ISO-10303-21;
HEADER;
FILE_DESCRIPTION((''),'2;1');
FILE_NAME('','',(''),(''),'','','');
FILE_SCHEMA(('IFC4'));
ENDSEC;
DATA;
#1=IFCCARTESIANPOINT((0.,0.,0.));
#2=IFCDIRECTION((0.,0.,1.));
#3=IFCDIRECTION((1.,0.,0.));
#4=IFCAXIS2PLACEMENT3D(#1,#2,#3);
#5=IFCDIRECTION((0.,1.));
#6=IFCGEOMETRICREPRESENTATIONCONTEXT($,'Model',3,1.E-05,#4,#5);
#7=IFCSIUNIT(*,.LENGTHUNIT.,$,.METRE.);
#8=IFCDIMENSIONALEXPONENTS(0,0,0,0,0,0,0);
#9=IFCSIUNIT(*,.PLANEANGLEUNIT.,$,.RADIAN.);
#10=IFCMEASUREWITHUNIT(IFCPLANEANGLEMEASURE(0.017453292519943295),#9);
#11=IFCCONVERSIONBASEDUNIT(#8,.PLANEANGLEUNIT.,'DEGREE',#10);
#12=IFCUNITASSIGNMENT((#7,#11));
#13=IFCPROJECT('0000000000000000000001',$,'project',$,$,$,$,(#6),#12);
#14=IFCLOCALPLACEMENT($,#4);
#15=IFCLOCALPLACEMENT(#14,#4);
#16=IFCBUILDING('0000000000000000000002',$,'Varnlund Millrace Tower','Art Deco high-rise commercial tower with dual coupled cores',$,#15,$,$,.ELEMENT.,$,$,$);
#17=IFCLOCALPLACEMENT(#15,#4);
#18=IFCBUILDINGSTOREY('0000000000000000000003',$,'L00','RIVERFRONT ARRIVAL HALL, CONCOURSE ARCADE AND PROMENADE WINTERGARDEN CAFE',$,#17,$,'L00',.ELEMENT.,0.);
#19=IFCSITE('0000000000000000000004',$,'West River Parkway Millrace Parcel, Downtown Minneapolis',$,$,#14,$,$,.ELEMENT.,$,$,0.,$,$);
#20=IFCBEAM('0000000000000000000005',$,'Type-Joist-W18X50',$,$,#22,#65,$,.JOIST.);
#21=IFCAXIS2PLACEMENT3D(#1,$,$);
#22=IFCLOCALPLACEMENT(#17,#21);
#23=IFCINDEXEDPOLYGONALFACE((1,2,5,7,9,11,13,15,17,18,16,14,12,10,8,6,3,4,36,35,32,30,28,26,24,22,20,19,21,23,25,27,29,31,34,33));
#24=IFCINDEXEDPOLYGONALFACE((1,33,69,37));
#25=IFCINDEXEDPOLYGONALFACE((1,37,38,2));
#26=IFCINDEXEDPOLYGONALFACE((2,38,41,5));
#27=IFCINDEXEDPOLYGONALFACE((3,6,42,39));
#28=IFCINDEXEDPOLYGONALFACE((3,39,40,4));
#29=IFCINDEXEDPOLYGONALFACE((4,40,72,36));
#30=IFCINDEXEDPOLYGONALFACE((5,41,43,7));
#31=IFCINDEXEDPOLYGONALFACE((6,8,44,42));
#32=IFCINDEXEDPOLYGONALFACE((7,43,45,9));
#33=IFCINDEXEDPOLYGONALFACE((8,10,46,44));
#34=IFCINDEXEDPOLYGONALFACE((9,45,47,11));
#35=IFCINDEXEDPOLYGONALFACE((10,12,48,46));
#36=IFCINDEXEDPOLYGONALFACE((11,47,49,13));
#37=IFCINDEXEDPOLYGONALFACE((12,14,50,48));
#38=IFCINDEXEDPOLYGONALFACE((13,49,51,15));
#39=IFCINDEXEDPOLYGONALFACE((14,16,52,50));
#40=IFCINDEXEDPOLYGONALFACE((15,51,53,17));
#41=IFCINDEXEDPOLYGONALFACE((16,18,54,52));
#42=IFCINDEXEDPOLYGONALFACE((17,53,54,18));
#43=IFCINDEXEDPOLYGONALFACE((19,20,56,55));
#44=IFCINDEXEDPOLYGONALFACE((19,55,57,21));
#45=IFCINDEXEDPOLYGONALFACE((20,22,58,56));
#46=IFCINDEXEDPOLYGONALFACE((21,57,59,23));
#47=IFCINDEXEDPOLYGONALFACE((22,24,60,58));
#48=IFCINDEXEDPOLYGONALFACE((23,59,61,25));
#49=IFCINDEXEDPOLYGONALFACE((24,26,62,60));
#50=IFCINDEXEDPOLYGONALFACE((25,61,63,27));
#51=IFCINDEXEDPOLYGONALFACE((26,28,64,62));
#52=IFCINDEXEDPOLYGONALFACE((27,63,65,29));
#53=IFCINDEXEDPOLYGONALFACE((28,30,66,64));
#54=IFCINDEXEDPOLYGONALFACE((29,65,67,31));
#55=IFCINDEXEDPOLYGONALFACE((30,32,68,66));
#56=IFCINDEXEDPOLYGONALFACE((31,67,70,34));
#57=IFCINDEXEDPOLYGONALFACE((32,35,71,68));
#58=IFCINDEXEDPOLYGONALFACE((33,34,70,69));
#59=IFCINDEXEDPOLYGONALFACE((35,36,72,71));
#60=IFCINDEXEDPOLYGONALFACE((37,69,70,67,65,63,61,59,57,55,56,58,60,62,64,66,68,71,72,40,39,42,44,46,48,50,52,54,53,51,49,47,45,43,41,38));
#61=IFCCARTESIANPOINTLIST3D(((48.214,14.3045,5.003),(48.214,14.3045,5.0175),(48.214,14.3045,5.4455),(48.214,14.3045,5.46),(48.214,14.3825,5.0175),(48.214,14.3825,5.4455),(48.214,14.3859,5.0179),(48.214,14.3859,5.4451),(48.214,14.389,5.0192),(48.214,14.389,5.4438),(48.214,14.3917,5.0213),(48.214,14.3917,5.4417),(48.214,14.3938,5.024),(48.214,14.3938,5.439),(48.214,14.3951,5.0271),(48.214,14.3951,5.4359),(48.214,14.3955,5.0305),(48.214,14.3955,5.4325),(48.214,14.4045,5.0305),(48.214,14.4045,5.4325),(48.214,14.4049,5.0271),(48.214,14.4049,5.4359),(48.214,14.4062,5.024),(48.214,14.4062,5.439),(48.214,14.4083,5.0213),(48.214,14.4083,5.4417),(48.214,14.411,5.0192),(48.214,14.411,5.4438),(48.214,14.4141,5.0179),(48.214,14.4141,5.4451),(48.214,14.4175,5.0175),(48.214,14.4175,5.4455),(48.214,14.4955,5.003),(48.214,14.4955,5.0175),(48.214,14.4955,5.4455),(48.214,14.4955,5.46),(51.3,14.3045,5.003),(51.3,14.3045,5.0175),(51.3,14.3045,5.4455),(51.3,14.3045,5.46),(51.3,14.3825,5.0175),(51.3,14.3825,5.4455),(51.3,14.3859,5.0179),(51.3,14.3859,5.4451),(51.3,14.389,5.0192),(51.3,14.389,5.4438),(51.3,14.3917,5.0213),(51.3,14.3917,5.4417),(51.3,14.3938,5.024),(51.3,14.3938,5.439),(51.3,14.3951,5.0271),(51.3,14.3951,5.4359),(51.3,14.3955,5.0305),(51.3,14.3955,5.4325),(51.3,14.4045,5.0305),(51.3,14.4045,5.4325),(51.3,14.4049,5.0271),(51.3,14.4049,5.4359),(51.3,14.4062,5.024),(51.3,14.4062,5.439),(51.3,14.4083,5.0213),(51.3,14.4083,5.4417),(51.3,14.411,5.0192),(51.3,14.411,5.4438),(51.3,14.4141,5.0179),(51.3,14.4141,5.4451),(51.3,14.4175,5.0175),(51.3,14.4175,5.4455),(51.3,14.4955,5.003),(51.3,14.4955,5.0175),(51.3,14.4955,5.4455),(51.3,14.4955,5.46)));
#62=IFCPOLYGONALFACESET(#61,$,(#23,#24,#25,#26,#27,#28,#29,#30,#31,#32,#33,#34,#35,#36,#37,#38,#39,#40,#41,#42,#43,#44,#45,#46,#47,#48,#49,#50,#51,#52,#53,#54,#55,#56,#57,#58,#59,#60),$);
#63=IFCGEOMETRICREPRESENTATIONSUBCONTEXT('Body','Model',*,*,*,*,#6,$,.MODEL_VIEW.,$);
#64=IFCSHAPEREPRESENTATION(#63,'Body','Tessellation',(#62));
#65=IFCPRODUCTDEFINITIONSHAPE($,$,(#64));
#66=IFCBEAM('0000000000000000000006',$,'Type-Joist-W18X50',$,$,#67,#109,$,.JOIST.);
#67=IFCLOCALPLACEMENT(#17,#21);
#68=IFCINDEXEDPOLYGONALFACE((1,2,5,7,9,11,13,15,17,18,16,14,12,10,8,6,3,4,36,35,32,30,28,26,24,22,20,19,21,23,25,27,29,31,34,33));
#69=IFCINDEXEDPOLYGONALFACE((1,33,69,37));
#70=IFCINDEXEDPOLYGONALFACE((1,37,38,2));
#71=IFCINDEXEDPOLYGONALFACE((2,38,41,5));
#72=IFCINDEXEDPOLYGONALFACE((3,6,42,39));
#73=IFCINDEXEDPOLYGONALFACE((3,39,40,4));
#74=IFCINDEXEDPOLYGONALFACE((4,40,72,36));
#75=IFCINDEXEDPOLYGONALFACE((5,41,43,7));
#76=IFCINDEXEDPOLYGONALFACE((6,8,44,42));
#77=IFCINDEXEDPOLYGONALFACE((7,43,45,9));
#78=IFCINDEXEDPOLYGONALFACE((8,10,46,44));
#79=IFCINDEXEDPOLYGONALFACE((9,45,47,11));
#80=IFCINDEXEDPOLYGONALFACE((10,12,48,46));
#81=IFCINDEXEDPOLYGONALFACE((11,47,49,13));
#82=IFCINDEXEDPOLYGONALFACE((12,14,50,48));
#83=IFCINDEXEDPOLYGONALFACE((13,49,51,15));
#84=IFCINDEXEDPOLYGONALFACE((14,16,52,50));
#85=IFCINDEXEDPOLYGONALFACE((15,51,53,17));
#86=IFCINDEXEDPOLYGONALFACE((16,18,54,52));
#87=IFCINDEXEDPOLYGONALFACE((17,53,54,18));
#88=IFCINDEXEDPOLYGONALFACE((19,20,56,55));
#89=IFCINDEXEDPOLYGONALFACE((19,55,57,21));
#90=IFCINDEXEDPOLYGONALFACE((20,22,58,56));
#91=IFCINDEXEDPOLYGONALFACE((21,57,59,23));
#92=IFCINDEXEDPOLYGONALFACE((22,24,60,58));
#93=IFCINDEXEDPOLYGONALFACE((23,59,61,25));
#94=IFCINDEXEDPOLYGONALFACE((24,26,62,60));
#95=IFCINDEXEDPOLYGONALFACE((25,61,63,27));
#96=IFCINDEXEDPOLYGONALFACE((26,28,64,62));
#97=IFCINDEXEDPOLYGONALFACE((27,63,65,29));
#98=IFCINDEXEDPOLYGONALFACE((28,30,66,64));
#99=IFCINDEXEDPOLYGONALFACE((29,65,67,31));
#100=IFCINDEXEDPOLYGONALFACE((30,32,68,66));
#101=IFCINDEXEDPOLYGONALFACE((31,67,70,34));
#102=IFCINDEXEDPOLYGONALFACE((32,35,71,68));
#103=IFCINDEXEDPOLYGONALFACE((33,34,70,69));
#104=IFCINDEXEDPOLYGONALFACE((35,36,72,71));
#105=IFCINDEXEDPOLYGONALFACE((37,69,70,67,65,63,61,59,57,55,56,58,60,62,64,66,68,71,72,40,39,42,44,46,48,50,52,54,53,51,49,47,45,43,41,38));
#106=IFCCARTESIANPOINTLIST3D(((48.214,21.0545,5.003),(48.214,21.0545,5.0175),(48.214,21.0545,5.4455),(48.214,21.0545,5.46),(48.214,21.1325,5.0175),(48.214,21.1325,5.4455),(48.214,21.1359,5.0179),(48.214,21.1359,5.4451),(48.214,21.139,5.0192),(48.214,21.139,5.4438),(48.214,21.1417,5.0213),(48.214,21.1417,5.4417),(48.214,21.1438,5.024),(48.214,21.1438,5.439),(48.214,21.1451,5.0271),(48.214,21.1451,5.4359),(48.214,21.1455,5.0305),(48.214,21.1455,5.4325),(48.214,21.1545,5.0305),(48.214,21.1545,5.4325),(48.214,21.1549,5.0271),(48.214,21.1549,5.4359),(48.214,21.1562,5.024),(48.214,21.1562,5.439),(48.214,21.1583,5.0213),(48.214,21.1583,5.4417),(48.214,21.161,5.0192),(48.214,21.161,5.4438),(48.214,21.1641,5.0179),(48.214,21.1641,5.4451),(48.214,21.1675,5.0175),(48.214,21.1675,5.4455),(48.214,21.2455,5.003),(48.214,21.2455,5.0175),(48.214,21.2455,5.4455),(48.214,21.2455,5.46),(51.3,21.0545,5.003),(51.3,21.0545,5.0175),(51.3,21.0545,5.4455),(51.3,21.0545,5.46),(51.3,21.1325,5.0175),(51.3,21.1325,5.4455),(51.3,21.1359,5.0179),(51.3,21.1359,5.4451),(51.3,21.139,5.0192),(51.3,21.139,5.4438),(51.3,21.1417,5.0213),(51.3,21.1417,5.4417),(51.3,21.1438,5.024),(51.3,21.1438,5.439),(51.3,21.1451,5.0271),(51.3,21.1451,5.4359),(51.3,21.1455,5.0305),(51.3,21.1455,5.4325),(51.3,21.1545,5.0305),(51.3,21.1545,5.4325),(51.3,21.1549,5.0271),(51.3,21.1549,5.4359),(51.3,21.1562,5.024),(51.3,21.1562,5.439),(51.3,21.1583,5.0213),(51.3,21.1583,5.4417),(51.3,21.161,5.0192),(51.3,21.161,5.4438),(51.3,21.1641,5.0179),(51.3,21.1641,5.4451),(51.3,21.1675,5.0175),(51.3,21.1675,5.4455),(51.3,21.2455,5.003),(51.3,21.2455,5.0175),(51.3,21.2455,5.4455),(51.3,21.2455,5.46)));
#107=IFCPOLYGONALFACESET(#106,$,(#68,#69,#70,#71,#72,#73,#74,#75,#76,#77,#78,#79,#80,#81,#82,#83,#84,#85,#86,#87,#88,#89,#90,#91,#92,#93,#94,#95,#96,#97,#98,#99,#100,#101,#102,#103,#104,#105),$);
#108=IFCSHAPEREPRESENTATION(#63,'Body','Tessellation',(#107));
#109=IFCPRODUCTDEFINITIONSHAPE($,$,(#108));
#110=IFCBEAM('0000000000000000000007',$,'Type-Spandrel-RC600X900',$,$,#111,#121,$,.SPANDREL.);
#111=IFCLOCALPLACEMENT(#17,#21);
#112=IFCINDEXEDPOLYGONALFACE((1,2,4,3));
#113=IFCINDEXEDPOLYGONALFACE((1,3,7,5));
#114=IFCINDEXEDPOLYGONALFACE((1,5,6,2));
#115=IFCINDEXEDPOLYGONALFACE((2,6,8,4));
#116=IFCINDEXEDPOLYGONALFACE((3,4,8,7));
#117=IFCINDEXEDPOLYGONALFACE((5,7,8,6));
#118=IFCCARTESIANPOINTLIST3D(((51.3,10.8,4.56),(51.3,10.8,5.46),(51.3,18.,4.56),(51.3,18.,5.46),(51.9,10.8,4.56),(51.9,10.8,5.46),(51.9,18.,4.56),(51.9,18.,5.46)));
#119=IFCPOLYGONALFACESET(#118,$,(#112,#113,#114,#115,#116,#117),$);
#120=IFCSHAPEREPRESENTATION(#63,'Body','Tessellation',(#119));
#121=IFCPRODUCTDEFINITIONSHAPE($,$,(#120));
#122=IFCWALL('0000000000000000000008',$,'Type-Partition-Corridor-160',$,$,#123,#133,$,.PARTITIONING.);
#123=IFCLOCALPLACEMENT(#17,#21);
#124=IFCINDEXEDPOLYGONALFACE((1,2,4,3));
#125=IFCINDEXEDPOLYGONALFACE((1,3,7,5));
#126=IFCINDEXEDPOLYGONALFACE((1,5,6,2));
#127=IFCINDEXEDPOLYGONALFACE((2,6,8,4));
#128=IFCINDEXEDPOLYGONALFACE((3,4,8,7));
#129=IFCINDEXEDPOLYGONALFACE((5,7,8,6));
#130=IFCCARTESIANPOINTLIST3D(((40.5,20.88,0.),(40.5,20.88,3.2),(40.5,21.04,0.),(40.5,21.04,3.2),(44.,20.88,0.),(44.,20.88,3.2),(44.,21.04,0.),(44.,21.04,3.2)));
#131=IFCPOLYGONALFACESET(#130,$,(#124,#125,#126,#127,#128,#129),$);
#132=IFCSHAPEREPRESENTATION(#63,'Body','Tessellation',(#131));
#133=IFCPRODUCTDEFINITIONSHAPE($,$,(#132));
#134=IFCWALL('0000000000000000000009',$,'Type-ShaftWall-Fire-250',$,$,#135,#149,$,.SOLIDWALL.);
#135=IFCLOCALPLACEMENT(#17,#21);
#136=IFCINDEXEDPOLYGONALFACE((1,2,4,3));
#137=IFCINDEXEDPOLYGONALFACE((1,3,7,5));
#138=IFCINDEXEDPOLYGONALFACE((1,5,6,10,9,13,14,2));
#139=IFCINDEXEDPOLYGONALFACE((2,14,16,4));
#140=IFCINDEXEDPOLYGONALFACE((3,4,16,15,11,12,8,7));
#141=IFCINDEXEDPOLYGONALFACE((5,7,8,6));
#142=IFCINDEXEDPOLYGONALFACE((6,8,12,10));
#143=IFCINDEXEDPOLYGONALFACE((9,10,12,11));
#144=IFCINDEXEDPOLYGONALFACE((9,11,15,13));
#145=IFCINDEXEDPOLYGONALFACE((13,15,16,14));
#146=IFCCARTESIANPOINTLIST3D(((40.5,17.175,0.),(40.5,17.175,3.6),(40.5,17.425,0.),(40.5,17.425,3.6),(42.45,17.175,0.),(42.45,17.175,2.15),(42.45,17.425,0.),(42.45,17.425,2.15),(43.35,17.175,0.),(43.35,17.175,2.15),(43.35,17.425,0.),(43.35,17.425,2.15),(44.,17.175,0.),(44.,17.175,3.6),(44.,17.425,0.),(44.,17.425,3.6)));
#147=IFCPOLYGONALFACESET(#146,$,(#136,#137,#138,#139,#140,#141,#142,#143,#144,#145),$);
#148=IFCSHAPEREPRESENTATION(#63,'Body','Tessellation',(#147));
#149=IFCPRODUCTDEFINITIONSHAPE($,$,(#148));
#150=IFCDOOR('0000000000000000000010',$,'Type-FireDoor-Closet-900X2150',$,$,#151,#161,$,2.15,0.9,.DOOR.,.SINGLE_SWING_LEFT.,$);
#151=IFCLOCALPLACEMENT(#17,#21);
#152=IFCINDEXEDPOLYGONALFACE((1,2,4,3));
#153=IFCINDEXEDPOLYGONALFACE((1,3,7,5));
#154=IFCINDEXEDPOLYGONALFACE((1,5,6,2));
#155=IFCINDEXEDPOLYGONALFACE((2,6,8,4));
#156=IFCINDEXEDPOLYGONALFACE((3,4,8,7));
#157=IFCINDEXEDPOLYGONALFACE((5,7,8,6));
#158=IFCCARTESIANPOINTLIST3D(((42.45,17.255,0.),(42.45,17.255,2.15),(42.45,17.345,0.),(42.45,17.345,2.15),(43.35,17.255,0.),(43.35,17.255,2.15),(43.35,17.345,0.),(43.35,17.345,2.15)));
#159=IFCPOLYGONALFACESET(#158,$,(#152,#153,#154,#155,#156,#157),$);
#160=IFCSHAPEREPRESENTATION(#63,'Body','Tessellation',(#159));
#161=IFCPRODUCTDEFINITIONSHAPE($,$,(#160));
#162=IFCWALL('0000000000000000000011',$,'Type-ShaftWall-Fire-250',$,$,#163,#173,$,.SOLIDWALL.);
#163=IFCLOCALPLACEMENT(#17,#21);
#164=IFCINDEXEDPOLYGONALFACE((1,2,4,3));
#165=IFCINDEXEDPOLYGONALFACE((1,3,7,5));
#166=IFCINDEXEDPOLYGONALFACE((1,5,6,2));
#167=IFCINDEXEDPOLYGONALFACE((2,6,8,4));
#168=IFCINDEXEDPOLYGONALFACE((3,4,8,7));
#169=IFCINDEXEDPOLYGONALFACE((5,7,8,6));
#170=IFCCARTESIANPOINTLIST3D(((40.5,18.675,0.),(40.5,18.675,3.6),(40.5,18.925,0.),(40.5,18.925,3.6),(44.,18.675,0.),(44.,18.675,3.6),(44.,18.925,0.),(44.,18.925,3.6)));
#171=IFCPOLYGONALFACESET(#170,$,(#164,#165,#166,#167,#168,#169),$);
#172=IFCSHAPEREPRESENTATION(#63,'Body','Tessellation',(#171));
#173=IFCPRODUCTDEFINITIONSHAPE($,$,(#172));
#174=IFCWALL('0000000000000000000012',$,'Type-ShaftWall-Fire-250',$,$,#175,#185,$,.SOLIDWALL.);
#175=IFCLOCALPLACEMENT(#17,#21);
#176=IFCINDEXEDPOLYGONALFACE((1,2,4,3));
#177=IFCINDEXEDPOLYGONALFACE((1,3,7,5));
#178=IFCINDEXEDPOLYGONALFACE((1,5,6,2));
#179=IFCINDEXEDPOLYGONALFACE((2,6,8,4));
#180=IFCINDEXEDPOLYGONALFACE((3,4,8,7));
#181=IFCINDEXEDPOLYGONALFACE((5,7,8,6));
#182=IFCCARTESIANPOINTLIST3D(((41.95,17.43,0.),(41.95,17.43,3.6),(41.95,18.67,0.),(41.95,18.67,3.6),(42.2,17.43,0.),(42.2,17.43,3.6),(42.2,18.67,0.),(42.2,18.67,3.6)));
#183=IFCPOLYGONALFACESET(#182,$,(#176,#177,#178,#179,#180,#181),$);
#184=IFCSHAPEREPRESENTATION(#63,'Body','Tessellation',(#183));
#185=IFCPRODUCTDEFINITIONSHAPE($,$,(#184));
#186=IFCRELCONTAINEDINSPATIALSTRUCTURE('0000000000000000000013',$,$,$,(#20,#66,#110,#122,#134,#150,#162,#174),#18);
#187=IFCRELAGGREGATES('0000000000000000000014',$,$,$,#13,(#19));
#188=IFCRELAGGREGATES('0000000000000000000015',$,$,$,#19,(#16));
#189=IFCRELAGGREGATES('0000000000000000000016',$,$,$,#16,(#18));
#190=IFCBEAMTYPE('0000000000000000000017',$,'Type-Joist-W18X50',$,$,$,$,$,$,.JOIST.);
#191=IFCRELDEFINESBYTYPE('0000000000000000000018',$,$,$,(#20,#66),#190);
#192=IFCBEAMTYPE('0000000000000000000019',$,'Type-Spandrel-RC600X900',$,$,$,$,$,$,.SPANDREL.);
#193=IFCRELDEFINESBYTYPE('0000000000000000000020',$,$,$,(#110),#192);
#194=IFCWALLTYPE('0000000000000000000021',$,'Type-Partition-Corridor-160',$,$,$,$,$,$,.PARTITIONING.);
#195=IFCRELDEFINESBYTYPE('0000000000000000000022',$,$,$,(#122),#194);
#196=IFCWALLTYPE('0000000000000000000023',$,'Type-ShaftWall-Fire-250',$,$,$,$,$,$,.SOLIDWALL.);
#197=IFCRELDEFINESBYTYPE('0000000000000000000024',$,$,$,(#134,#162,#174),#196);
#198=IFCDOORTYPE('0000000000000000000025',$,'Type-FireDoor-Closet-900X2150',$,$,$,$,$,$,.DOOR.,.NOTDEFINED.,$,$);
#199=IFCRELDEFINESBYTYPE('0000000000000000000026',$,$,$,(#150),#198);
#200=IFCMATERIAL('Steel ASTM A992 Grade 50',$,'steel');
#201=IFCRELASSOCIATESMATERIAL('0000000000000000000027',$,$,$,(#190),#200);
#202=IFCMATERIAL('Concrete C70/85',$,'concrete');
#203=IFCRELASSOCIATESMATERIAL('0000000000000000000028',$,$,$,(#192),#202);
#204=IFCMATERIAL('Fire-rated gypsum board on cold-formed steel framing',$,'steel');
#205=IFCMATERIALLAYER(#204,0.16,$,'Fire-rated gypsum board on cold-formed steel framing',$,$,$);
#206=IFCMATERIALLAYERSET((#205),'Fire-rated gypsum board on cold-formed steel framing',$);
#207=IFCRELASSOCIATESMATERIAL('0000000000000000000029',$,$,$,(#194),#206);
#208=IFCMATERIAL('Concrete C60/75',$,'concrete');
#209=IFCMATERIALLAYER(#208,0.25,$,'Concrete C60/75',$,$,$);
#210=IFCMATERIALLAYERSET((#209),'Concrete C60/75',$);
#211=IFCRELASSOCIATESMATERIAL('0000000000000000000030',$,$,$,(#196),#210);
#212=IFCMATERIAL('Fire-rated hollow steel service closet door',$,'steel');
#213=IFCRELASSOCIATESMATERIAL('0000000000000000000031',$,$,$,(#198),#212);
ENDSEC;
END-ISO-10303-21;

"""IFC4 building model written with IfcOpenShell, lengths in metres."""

from ifc_helpers import new_model, entity, si_unit, converted_unit, direction, frame, origin_with_axes, origin_2d_with_axis, place, context, subcontext, project, spatial, polyline, rectangle, i_section, outline, extrude, material, layer, layer_set, material_profile, profile_set, type_object, element, fill, save


model = new_model("IFC4")

# Units and contexts
model_context = context("Model", 3, precision=1e-05, world=origin_with_axes(), true_north=direction((0.0, 1.0)))
body_context = subcontext(model_context, "Body", "Model", "MODEL_VIEW")
ifc_project = project(units=[si_unit("LENGTHUNIT", "METRE"), converted_unit("PLANEANGLEUNIT", "DEGREE", entity("IfcPlaneAngleMeasure", 0.017453292519943295), si_unit("PLANEANGLEUNIT", "RADIAN"), dimensions=[0, 0, 0, 0, 0, 0, 0])], contexts=[model_context])

# Site, building, storey
site_placement = place(None, origin_with_axes())
site = spatial("IfcSite", under=ifc_project, at=site_placement, Name="West River Parkway Millrace Parcel, Downtown Minneapolis", CompositionType="ELEMENT", RefElevation=0.0)
building_placement = place(site_placement, origin_with_axes())
building = spatial("IfcBuilding", under=site, at=building_placement, Name="Varnlund Millrace Tower", Description="Art Deco high-rise commercial tower with dual coupled cores", CompositionType="ELEMENT")
storey_placement = place(building_placement, origin_with_axes())
storey = spatial("IfcBuildingStorey", under=building, at=storey_placement, Name="L00", Description="RIVERFRONT ARRIVAL HALL, CONCOURSE ARCADE AND PROMENADE WINTERGARDEN CAFE", LongName="L00", CompositionType="ELEMENT", Elevation=0.0)

# Beams
ifc_material_1 = material(Name="Steel ASTM A992 Grade 50", Category="steel")
ifc_material_profile_1 = material_profile(ifc_material_1, i_section(OverallWidth=0.191, OverallDepth=0.457, WebThickness=0.009, FlangeThickness=0.0145, FilletRadius=0.013, at=origin_2d_with_axis()), Name="Steel ASTM A992 Grade 50")
ifc_profile_set_1 = profile_set([ifc_material_profile_1], Name="Steel ASTM A992 Grade 50")
beam_type_1 = type_object("IfcBeamType", Name="Type-Joist-W18X50", PredefinedType="JOIST", material=ifc_profile_set_1)
for number, where, z_axis, x_axis, name in (
    (1, (48.214, 14.4, 5.2315), (1.0, 0.0, 0.0), (0.0, 1.0, 0.0), "Type-Joist-W18X50"),
    (2, (48.214, 21.15, 5.2315), (1.0, 0.0, 0.0), (0.0, 1.0, 0.0), "Type-Joist-W18X50"),
):
    element("IfcBeam", number, at=place(storey_placement, frame(where, z_axis=z_axis, x_axis=x_axis)), inside=storey, type_object=beam_type_1, Name=name, PredefinedType="JOIST", context=body_context, shape_type="SweptSolid", body=[
        extrude(i_section(OverallWidth=0.191, OverallDepth=0.457, WebThickness=0.009, FlangeThickness=0.0145, FilletRadius=0.013, at=origin_2d_with_axis()), origin_with_axes(), (0.0, 0.0, 1.0), 3.086),
    ])
ifc_material_2 = material(Name="Concrete C70/85", Category="concrete")
ifc_material_profile_2 = material_profile(ifc_material_2, rectangle(XDim=0.6, YDim=0.9, at=origin_2d_with_axis()), Name="Concrete C70/85")
ifc_profile_set_2 = profile_set([ifc_material_profile_2], Name="Concrete C70/85")
beam_type_2 = type_object("IfcBeamType", Name="Type-Spandrel-RC600X900", PredefinedType="SPANDREL", material=ifc_profile_set_2)
beam_1_placement = place(storey_placement, frame((51.6, 10.8, 5.01), z_axis=(0.0, 1.0, 0.0), x_axis=(-1.0, 0.0, 0.0)))
element("IfcBeam", 3, at=beam_1_placement, inside=storey, type_object=beam_type_2, Name="Type-Spandrel-RC600X900", PredefinedType="SPANDREL", context=body_context, shape_type="SweptSolid", body=[
    extrude(rectangle(XDim=0.6, YDim=0.9, at=origin_2d_with_axis()), origin_with_axes(), (0.0, 0.0, 1.0), 7.2),
])

# Wall
ifc_material_3 = material(Name="Fire-rated gypsum board on cold-formed steel framing", Category="steel")
ifc_layer_1 = layer(ifc_material_3, 0.16, Name="Fire-rated gypsum board on cold-formed steel framing")
ifc_layer_set_1 = layer_set([ifc_layer_1], Name="Fire-rated gypsum board on cold-formed steel framing")
wall_type_1 = type_object("IfcWallType", Name="Type-Partition-Corridor-160", PredefinedType="PARTITIONING", material=ifc_layer_set_1)
wall_1_placement = place(storey_placement, frame((40.5, 20.96, 0.0), z_axis=(0.0, 0.0, 1.0), x_axis=(1.0, 0.0, 0.0)))
element("IfcWall", 4, at=wall_1_placement, inside=storey, type_object=wall_type_1, Name="Type-Partition-Corridor-160", PredefinedType="PARTITIONING", context=body_context, shape_type="SweptSolid", body=[
    extrude(outline(polyline([(0.0, -0.08), (3.5, -0.08), (3.5, 0.08), (0.0, 0.08), (0.0, -0.08)])), origin_with_axes(), (0.0, 0.0, 1.0), 3.2),
])

# Wall, opening, door
ifc_material_4 = material(Name="Concrete C60/75", Category="concrete")
ifc_layer_2 = layer(ifc_material_4, 0.25, Name="Concrete C60/75")
ifc_layer_set_2 = layer_set([ifc_layer_2], Name="Concrete C60/75")
wall_type_2 = type_object("IfcWallType", Name="Type-ShaftWall-Fire-250", PredefinedType="SOLIDWALL", material=ifc_layer_set_2)
wall_2_placement = place(storey_placement, frame((40.5, 17.3, 0.0), z_axis=(0.0, 0.0, 1.0), x_axis=(1.0, 0.0, 0.0)))
wall_2 = element("IfcWall", 5, at=wall_2_placement, inside=storey, type_object=wall_type_2, Name="Type-ShaftWall-Fire-250", PredefinedType="SOLIDWALL", context=body_context, shape_type="SweptSolid", body=[
    extrude(outline(polyline([(0.0, -0.125), (3.5, -0.125), (3.5, 0.125), (0.0, 0.125), (0.0, -0.125)])), origin_with_axes(), (0.0, 0.0, 1.0), 3.6),
])
opening_placement = place(wall_2_placement, frame((2.4, 0.0, 0.0), z_axis=(0.0, 0.0, 1.0), x_axis=(1.0, 0.0, 0.0)))
opening = element("IfcOpeningElement", 6, at=opening_placement, cuts=wall_2, PredefinedType="OPENING", context=body_context, shape_type="SweptSolid", body=[
    extrude(rectangle(XDim=0.9, YDim=0.27, at=origin_2d_with_axis()), origin_with_axes(), (0.0, 0.0, 1.0), 2.15),
])
ifc_material_5 = material(Name="Fire-rated hollow steel service closet door", Category="steel")
door_type = type_object("IfcDoorType", Name="Type-FireDoor-Closet-900X2150", OperationType="NOTDEFINED", PredefinedType="DOOR", material=ifc_material_5)
door_placement = place(wall_2_placement, frame((2.4, 0.0, 0.0), z_axis=(0.0, 0.0, 1.0), x_axis=(1.0, 0.0, 0.0)))
door = element("IfcDoor", 7, at=door_placement, inside=storey, type_object=door_type, Name="Type-FireDoor-Closet-900X2150", OperationType="SINGLE_SWING_LEFT", OverallHeight=2.15, OverallWidth=0.9, PredefinedType="DOOR", context=body_context, shape_type="SweptSolid", body=[
    extrude(rectangle(XDim=0.9, YDim=0.09, at=origin_2d_with_axis()), origin_with_axes(), (0.0, 0.0, 1.0), 2.15),
])
fill(opening, door)

# Walls
wall_3_placement = place(storey_placement, frame((40.5, 18.8, 0.0), z_axis=(0.0, 0.0, 1.0), x_axis=(1.0, 0.0, 0.0)))
element("IfcWall", 8, at=wall_3_placement, inside=storey, type_object=wall_type_2, Name="Type-ShaftWall-Fire-250", PredefinedType="SOLIDWALL", context=body_context, shape_type="SweptSolid", body=[
    extrude(outline(polyline([(0.0, -0.125), (3.5, -0.125), (3.5, 0.125), (0.0, 0.125), (0.0, -0.125)])), origin_with_axes(), (0.0, 0.0, 1.0), 3.6),
])
wall_4_placement = place(storey_placement, frame((42.075, 17.43, 0.0), z_axis=(0.0, 0.0, 1.0), x_axis=(0.0, 1.0, 0.0)))
element("IfcWall", 9, at=wall_4_placement, inside=storey, type_object=wall_type_2, Name="Type-ShaftWall-Fire-250", PredefinedType="SOLIDWALL", context=body_context, shape_type="SweptSolid", body=[
    extrude(outline(polyline([(0.0, -0.125), (1.24, -0.125), (1.24, 0.125), (0.0, 0.125), (0.0, -0.125)])), origin_with_axes(), (0.0, 0.0, 1.0), 3.6),
])

save(model, "model.ifc")
